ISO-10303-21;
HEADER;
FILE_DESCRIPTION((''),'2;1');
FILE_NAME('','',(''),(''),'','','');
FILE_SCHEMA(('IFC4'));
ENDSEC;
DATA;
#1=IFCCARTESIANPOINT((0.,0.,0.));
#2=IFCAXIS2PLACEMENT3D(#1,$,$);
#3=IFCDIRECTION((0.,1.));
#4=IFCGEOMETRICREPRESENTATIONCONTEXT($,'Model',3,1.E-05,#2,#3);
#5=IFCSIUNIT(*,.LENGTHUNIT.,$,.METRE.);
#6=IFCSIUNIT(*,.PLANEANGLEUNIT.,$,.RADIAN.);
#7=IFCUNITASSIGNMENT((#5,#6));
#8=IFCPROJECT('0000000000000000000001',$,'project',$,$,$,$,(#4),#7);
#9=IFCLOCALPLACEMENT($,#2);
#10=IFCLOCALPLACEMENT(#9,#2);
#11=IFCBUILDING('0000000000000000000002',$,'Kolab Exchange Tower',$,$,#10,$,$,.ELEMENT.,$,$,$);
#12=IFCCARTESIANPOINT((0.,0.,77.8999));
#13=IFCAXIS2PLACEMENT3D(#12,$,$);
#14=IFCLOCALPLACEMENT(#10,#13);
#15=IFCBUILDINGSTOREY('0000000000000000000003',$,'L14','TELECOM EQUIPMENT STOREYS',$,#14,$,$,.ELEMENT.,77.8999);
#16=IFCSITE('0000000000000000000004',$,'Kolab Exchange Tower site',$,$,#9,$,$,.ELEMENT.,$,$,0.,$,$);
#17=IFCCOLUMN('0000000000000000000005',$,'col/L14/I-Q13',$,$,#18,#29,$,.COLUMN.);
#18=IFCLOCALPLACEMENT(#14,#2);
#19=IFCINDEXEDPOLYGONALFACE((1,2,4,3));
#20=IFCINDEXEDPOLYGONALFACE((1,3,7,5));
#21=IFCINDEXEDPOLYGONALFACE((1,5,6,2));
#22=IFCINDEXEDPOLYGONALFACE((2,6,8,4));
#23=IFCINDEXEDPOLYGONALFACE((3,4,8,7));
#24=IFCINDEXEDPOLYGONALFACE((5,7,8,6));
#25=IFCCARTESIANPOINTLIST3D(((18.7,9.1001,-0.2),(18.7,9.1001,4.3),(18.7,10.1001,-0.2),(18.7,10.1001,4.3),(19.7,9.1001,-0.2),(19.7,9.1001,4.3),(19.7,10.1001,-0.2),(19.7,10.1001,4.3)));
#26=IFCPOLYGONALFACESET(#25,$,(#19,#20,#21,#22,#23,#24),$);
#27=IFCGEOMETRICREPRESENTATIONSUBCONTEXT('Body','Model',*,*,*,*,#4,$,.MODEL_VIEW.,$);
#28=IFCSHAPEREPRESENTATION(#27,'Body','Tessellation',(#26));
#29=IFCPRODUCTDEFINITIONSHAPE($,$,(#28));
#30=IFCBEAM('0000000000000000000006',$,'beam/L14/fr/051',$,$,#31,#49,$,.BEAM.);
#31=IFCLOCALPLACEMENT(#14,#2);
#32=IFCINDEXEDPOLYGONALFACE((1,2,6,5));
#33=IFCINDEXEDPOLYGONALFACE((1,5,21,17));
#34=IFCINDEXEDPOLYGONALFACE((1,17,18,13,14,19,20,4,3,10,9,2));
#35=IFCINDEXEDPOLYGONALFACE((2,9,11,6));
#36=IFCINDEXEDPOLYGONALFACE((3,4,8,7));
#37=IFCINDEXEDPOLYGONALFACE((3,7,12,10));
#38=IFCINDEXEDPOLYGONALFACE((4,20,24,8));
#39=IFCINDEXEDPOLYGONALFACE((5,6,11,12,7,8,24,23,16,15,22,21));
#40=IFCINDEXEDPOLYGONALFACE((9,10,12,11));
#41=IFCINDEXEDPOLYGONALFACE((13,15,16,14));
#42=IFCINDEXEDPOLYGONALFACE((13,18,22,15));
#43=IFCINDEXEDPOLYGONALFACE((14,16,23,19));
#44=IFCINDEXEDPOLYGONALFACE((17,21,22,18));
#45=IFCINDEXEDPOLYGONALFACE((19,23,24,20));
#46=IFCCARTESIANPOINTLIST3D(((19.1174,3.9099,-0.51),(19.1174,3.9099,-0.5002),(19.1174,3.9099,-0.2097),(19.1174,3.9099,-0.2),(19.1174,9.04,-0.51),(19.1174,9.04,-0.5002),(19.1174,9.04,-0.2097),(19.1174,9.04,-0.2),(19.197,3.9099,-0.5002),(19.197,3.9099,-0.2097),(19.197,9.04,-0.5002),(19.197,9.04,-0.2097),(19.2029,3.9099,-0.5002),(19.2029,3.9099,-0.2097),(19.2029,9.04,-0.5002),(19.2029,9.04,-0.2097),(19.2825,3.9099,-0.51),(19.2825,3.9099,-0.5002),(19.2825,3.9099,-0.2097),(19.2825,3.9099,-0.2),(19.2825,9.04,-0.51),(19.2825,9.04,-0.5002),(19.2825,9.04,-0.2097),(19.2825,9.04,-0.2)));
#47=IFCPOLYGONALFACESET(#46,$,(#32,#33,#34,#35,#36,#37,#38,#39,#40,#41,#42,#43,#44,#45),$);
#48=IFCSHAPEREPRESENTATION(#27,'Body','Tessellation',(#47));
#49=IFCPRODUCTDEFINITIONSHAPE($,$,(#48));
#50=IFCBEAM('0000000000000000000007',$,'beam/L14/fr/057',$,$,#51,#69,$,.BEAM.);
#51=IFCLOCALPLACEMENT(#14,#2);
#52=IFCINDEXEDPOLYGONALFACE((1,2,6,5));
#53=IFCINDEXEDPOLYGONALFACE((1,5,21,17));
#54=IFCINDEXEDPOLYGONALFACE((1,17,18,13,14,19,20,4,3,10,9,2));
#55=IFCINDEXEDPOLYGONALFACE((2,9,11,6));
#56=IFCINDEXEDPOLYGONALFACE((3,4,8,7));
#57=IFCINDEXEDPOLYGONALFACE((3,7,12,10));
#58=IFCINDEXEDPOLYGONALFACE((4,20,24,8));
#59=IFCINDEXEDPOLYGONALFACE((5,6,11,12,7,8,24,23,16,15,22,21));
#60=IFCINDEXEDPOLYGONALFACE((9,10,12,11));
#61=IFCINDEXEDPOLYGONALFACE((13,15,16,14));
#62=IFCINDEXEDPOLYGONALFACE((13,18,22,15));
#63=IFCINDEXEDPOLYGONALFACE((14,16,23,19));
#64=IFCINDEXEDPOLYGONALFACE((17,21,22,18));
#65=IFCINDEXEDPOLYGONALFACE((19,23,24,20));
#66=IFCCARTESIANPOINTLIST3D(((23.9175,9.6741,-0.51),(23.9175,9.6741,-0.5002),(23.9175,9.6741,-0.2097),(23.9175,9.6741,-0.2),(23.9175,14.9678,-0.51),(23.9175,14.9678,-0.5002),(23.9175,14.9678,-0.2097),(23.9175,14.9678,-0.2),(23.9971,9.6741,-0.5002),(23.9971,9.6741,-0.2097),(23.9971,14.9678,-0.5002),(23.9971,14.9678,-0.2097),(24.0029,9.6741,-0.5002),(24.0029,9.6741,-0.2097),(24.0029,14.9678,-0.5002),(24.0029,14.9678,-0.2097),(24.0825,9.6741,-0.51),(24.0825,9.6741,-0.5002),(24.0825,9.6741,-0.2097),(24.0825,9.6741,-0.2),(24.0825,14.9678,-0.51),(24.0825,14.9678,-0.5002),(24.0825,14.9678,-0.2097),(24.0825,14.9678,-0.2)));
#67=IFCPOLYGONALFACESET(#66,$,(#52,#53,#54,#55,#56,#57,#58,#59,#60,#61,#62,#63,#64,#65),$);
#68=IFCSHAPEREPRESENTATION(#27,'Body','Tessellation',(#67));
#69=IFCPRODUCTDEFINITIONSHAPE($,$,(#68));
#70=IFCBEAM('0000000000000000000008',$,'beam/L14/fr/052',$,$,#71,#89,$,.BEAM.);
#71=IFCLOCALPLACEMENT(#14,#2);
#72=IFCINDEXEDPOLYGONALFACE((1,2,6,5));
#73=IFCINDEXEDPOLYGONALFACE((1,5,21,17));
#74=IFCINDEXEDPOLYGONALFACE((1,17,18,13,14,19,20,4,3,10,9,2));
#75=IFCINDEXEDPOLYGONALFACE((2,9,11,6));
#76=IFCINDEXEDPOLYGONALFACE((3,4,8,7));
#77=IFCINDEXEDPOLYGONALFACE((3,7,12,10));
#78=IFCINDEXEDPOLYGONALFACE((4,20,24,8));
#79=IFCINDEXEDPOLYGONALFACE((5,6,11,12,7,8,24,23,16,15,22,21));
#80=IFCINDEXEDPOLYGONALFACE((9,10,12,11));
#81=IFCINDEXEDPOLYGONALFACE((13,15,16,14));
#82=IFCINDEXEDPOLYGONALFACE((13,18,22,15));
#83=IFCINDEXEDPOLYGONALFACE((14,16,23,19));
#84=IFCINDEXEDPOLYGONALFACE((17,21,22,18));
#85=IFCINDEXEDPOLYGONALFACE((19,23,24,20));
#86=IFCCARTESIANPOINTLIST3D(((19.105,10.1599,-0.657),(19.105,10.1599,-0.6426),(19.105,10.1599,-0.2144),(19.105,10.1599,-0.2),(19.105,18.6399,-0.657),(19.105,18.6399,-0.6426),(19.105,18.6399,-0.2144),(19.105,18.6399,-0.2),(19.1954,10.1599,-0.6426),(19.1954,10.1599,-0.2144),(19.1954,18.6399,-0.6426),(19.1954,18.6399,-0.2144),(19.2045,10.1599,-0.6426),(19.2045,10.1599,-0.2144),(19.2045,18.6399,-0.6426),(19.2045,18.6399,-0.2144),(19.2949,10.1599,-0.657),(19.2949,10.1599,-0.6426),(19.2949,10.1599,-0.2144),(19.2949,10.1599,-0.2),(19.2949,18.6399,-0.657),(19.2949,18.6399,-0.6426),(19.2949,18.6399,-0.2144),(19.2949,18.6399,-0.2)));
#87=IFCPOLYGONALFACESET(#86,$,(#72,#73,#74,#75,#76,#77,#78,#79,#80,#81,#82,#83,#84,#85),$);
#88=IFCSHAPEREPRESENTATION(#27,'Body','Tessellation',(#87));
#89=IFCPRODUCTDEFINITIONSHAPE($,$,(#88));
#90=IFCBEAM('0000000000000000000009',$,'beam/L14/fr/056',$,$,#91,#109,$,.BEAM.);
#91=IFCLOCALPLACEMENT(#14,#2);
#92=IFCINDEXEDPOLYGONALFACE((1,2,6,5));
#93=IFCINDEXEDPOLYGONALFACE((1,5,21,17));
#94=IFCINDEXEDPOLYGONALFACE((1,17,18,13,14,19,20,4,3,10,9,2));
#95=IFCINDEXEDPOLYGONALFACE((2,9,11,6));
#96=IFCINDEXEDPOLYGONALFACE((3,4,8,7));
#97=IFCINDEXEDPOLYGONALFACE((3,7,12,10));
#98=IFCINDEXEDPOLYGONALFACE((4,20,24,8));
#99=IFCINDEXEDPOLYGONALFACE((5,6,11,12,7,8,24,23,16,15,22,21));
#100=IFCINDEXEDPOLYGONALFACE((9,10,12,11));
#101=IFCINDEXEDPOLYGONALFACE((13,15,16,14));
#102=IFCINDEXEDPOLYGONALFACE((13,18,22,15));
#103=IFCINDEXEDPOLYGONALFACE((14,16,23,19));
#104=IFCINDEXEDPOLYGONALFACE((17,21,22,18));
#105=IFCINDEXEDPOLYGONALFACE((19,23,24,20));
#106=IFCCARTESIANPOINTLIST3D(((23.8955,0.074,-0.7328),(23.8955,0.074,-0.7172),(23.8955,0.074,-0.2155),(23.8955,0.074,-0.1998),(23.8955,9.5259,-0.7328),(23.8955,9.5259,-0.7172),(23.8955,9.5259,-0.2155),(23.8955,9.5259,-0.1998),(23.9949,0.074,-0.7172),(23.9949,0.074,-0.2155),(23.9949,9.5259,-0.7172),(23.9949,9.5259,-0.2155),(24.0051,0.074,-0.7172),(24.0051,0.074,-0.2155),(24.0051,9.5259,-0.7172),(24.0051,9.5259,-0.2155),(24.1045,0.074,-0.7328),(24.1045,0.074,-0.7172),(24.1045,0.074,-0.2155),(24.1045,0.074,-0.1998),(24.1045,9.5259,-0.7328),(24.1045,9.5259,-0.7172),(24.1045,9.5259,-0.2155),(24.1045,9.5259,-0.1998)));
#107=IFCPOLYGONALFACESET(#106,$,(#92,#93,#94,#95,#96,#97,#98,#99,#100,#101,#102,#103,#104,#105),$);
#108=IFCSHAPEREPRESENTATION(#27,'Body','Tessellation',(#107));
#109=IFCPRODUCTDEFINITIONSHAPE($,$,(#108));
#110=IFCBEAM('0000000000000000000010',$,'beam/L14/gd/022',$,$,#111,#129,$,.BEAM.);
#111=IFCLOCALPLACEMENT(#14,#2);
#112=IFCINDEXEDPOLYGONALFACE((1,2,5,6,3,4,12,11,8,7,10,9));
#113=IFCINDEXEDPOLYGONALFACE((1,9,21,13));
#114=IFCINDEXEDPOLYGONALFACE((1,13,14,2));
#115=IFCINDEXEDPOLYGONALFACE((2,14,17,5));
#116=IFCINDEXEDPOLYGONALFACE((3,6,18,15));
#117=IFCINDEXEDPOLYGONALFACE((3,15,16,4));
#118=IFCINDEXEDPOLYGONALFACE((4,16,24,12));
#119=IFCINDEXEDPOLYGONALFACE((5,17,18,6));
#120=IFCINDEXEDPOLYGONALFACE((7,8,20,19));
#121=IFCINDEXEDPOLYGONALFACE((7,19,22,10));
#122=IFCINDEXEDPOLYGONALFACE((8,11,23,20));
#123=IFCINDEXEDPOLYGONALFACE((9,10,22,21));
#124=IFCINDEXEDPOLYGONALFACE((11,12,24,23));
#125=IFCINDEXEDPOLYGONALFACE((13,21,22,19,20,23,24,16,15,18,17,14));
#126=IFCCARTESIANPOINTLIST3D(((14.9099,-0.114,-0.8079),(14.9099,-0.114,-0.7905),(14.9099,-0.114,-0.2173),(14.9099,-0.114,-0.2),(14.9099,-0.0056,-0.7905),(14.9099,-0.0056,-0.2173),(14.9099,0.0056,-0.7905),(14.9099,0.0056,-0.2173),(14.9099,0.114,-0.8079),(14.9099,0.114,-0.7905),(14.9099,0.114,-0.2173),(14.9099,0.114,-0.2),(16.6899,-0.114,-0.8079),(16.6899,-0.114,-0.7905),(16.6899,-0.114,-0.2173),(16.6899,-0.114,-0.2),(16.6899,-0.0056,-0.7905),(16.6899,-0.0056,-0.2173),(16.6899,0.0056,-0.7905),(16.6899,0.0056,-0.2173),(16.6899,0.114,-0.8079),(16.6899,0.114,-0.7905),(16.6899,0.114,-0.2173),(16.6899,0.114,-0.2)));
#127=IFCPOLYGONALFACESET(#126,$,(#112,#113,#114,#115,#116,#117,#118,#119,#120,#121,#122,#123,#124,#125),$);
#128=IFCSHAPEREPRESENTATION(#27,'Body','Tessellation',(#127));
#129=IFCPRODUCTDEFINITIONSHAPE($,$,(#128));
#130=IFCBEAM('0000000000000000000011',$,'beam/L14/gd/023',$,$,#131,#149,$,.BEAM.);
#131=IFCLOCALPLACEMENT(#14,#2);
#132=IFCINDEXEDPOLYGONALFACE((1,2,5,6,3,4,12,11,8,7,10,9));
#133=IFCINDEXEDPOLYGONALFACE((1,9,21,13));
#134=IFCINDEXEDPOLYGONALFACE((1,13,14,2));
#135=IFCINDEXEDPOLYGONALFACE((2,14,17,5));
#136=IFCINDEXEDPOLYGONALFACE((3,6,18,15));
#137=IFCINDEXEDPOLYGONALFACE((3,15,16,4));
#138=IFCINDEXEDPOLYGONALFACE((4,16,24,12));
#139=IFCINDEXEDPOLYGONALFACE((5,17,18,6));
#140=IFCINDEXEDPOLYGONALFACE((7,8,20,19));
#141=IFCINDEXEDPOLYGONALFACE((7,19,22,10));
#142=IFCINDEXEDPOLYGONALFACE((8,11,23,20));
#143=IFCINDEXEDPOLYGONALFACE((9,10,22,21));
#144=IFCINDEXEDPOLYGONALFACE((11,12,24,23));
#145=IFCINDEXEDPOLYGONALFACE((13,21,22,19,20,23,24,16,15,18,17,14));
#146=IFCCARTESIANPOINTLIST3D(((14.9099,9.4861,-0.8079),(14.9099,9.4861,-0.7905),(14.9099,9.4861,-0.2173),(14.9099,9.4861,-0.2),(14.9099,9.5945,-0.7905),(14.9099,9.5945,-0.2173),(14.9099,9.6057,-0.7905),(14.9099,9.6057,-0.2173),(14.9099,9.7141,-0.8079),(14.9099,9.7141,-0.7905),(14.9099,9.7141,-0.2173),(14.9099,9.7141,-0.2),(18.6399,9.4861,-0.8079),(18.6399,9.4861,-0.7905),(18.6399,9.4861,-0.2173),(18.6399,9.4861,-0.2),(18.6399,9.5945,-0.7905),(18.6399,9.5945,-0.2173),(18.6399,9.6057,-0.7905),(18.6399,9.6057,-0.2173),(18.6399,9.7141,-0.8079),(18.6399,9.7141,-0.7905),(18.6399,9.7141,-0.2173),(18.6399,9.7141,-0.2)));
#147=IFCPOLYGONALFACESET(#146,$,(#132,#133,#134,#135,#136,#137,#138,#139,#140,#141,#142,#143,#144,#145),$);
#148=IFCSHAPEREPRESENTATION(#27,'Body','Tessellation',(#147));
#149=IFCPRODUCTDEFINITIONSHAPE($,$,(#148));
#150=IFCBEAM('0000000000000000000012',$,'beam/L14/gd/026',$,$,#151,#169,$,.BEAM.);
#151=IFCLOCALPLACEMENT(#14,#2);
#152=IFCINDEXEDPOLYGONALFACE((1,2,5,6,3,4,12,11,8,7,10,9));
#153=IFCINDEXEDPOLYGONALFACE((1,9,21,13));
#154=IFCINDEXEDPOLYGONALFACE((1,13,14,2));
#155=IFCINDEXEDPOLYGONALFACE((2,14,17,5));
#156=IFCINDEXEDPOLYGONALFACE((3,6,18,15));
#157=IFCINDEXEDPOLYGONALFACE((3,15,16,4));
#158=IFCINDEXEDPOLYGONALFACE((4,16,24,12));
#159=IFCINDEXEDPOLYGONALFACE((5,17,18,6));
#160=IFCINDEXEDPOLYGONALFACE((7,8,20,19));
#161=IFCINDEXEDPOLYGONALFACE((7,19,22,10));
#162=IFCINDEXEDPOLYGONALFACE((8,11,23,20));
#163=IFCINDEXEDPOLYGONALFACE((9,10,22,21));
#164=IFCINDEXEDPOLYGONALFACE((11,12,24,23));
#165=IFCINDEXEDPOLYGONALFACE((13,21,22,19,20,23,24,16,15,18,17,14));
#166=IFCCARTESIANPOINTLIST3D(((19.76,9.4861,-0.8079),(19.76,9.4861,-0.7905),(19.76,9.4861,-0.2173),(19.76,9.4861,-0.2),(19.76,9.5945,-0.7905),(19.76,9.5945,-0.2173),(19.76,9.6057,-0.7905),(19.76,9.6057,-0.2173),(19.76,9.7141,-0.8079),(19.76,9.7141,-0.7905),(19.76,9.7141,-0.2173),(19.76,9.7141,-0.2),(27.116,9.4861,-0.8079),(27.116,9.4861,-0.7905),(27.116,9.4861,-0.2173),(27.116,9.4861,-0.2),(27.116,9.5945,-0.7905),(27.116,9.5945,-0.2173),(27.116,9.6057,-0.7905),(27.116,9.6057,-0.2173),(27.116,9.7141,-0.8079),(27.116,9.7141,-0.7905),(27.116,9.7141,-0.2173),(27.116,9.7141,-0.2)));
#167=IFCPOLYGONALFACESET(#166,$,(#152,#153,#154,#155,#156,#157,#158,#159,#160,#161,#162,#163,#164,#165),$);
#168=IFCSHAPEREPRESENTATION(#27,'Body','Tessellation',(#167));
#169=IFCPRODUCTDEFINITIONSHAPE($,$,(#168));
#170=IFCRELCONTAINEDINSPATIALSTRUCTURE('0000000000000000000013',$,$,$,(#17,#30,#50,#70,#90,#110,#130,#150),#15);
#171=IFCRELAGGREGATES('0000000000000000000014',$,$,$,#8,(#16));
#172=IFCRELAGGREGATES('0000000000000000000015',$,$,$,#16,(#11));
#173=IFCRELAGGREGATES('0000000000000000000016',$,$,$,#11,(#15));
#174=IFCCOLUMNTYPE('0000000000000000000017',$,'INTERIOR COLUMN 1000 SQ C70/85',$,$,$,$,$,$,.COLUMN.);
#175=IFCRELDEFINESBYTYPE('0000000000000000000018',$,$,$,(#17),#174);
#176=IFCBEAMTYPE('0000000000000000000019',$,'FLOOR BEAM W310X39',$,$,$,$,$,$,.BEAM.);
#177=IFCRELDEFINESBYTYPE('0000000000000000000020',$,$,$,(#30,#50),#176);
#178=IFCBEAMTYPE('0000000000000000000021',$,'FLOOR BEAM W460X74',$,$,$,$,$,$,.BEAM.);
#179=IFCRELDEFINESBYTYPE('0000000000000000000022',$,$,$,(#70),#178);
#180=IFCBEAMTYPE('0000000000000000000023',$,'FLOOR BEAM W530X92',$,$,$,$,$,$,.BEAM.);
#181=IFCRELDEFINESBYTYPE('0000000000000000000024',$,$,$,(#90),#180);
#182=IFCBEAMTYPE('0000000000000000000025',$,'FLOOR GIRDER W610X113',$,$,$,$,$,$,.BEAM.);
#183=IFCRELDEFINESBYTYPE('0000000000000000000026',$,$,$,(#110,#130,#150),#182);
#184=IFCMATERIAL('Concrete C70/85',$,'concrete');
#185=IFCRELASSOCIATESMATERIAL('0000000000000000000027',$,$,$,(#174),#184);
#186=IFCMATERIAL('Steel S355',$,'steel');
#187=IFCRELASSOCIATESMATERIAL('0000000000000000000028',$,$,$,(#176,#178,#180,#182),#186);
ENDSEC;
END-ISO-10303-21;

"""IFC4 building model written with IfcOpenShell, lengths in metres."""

from ifc_helpers import new_model, si_unit, direction, frame, origin, origin_2d, place, context, subcontext, project, spatial, rectangle, i_section, extrude, material, material_profile, profile_set, type_object, element, save


model = new_model("IFC4")

# Units and contexts
model_context = context("Model", 3, precision=1e-05, world=origin(), true_north=direction((0.0, 1.0)))
body_context = subcontext(model_context, "Body", "Model", "MODEL_VIEW")
ifc_project = project(units=[si_unit("LENGTHUNIT", "METRE"), si_unit("PLANEANGLEUNIT", "RADIAN")], contexts=[model_context])

# Site, building, storey
site_placement = place(None, origin())
site = spatial("IfcSite", under=ifc_project, at=site_placement, Name="Kolab Exchange Tower site", CompositionType="ELEMENT", RefElevation=0.0)
building_placement = place(site_placement, origin())
building = spatial("IfcBuilding", under=site, at=building_placement, Name="Kolab Exchange Tower", CompositionType="ELEMENT")
storey_placement = place(building_placement, frame((0.0, 0.0, 77.8999)))
storey = spatial("IfcBuildingStorey", under=building, at=storey_placement, Name="L14", Description="TELECOM EQUIPMENT STOREYS", CompositionType="ELEMENT", Elevation=77.8999)

# Column
ifc_material_1 = material(Name="Concrete C70/85", Category="concrete")
ifc_material_profile_1 = material_profile(ifc_material_1, rectangle(XDim=1.0, YDim=1.0, at=origin_2d()), Name="RC1000")
ifc_profile_set_1 = profile_set([ifc_material_profile_1], Name="Concrete C70/85")
column_type = type_object("IfcColumnType", Name="INTERIOR COLUMN 1000 SQ C70/85", PredefinedType="COLUMN", material=ifc_profile_set_1)
column_placement = place(storey_placement, frame((19.2, 9.6001, -0.2), z_axis=(0.0, 0.0, 1.0), x_axis=(1.0, 0.0, 0.0)))
element("IfcColumn", 1, at=column_placement, inside=storey, type_object=column_type, Name="col/L14/I-Q13", PredefinedType="COLUMN", context=body_context, shape_type="SweptSolid", body=[
    extrude(rectangle(XDim=1.0, YDim=1.0, at=origin_2d()), origin(), (0.0, 0.0, 1.0), 4.5),
])

# Beams
ifc_material_2 = material(Name="Steel S355", Category="steel")
ifc_material_profile_2 = material_profile(ifc_material_2, i_section(OverallWidth=0.165, OverallDepth=0.3101, WebThickness=0.0059, FlangeThickness=0.0098, at=origin_2d()), Name="W310X39")
ifc_profile_set_2 = profile_set([ifc_material_profile_2], Name="Steel S355")
beam_type_1 = type_object("IfcBeamType", Name="FLOOR BEAM W310X39", PredefinedType="BEAM", material=ifc_profile_set_2)
beam_1_placement = place(storey_placement, frame((19.2, 3.9099, -0.355), z_axis=(0.0, 1.0, 0.0), x_axis=(-1.0, 0.0, 0.0)))
element("IfcBeam", 2, at=beam_1_placement, inside=storey, type_object=beam_type_1, Name="beam/L14/fr/051", PredefinedType="BEAM", context=body_context, shape_type="SweptSolid", body=[
    extrude(i_section(OverallWidth=0.165, OverallDepth=0.3101, WebThickness=0.0059, FlangeThickness=0.0098, at=origin_2d()), origin(), (0.0, 0.0, 1.0), 5.1301),
])
beam_2_placement = place(storey_placement, frame((24.0, 9.6741, -0.355), z_axis=(0.0, 1.0, 0.0), x_axis=(-1.0, 0.0, 0.0)))
element("IfcBeam", 3, at=beam_2_placement, inside=storey, type_object=beam_type_1, Name="beam/L14/fr/057", PredefinedType="BEAM", context=body_context, shape_type="SweptSolid", body=[
    extrude(i_section(OverallWidth=0.165, OverallDepth=0.3101, WebThickness=0.0059, FlangeThickness=0.0098, at=origin_2d()), origin(), (0.0, 0.0, 1.0), 5.2937),
])
ifc_material_profile_3 = material_profile(ifc_material_2, i_section(OverallWidth=0.1899, OverallDepth=0.457, WebThickness=0.009, FlangeThickness=0.0144, at=origin_2d()), Name="W460X74")
ifc_profile_set_3 = profile_set([ifc_material_profile_3], Name="Steel S355")
beam_type_2 = type_object("IfcBeamType", Name="FLOOR BEAM W460X74", PredefinedType="BEAM", material=ifc_profile_set_3)
beam_3_placement = place(storey_placement, frame((19.2, 10.1599, -0.4285), z_axis=(0.0, 1.0, 0.0), x_axis=(-1.0, 0.0, 0.0)))
element("IfcBeam", 4, at=beam_3_placement, inside=storey, type_object=beam_type_2, Name="beam/L14/fr/052", PredefinedType="BEAM", context=body_context, shape_type="SweptSolid", body=[
    extrude(i_section(OverallWidth=0.1899, OverallDepth=0.457, WebThickness=0.009, FlangeThickness=0.0144, at=origin_2d()), origin(), (0.0, 0.0, 1.0), 8.48),
])
ifc_material_profile_4 = material_profile(ifc_material_2, i_section(OverallWidth=0.209, OverallDepth=0.533, WebThickness=0.0103, FlangeThickness=0.0156, at=origin_2d()), Name="W530X92")
ifc_profile_set_4 = profile_set([ifc_material_profile_4], Name="Steel S355")
beam_type_3 = type_object("IfcBeamType", Name="FLOOR BEAM W530X92", PredefinedType="BEAM", material=ifc_profile_set_4)
beam_4_placement = place(storey_placement, frame((24.0, 0.074, -0.4663), z_axis=(0.0, 1.0, 0.0), x_axis=(-1.0, 0.0, 0.0)))
element("IfcBeam", 5, at=beam_4_placement, inside=storey, type_object=beam_type_3, Name="beam/L14/fr/056", PredefinedType="BEAM", context=body_context, shape_type="SweptSolid", body=[
    extrude(i_section(OverallWidth=0.209, OverallDepth=0.533, WebThickness=0.0103, FlangeThickness=0.0156, at=origin_2d()), origin(), (0.0, 0.0, 1.0), 9.4519),
])
ifc_material_profile_5 = material_profile(ifc_material_2, i_section(OverallWidth=0.228, OverallDepth=0.6079, WebThickness=0.0112, FlangeThickness=0.0173, at=origin_2d()), Name="W610X113")
ifc_profile_set_5 = profile_set([ifc_material_profile_5], Name="Steel S355")
beam_type_4 = type_object("IfcBeamType", Name="FLOOR GIRDER W610X113", PredefinedType="BEAM", material=ifc_profile_set_5)
beam_5_placement = place(storey_placement, frame((14.9099, 0.0, -0.5039), z_axis=(1.0, 0.0, 0.0), x_axis=(0.0, 1.0, 0.0)))
element("IfcBeam", 6, at=beam_5_placement, inside=storey, type_object=beam_type_4, Name="beam/L14/gd/022", PredefinedType="BEAM", context=body_context, shape_type="SweptSolid", body=[
    extrude(i_section(OverallWidth=0.228, OverallDepth=0.6079, WebThickness=0.0112, FlangeThickness=0.0173, at=origin_2d()), origin(), (0.0, 0.0, 1.0), 1.78),
])
beam_6_placement = place(storey_placement, frame((14.9099, 9.6001, -0.5039), z_axis=(1.0, 0.0, 0.0), x_axis=(0.0, 1.0, 0.0)))
element("IfcBeam", 7, at=beam_6_placement, inside=storey, type_object=beam_type_4, Name="beam/L14/gd/023", PredefinedType="BEAM", context=body_context, shape_type="SweptSolid", body=[
    extrude(i_section(OverallWidth=0.228, OverallDepth=0.6079, WebThickness=0.0112, FlangeThickness=0.0173, at=origin_2d()), origin(), (0.0, 0.0, 1.0), 3.73),
])
beam_7_placement = place(storey_placement, frame((19.76, 9.6001, -0.5039), z_axis=(1.0, 0.0, 0.0), x_axis=(0.0, 1.0, 0.0)))
element("IfcBeam", 8, at=beam_7_placement, inside=storey, type_object=beam_type_4, Name="beam/L14/gd/026", PredefinedType="BEAM", context=body_context, shape_type="SweptSolid", body=[
    extrude(i_section(OverallWidth=0.228, OverallDepth=0.6079, WebThickness=0.0112, FlangeThickness=0.0173, at=origin_2d()), origin(), (0.0, 0.0, 1.0), 7.356),
])

save(model, "model.ifc")
